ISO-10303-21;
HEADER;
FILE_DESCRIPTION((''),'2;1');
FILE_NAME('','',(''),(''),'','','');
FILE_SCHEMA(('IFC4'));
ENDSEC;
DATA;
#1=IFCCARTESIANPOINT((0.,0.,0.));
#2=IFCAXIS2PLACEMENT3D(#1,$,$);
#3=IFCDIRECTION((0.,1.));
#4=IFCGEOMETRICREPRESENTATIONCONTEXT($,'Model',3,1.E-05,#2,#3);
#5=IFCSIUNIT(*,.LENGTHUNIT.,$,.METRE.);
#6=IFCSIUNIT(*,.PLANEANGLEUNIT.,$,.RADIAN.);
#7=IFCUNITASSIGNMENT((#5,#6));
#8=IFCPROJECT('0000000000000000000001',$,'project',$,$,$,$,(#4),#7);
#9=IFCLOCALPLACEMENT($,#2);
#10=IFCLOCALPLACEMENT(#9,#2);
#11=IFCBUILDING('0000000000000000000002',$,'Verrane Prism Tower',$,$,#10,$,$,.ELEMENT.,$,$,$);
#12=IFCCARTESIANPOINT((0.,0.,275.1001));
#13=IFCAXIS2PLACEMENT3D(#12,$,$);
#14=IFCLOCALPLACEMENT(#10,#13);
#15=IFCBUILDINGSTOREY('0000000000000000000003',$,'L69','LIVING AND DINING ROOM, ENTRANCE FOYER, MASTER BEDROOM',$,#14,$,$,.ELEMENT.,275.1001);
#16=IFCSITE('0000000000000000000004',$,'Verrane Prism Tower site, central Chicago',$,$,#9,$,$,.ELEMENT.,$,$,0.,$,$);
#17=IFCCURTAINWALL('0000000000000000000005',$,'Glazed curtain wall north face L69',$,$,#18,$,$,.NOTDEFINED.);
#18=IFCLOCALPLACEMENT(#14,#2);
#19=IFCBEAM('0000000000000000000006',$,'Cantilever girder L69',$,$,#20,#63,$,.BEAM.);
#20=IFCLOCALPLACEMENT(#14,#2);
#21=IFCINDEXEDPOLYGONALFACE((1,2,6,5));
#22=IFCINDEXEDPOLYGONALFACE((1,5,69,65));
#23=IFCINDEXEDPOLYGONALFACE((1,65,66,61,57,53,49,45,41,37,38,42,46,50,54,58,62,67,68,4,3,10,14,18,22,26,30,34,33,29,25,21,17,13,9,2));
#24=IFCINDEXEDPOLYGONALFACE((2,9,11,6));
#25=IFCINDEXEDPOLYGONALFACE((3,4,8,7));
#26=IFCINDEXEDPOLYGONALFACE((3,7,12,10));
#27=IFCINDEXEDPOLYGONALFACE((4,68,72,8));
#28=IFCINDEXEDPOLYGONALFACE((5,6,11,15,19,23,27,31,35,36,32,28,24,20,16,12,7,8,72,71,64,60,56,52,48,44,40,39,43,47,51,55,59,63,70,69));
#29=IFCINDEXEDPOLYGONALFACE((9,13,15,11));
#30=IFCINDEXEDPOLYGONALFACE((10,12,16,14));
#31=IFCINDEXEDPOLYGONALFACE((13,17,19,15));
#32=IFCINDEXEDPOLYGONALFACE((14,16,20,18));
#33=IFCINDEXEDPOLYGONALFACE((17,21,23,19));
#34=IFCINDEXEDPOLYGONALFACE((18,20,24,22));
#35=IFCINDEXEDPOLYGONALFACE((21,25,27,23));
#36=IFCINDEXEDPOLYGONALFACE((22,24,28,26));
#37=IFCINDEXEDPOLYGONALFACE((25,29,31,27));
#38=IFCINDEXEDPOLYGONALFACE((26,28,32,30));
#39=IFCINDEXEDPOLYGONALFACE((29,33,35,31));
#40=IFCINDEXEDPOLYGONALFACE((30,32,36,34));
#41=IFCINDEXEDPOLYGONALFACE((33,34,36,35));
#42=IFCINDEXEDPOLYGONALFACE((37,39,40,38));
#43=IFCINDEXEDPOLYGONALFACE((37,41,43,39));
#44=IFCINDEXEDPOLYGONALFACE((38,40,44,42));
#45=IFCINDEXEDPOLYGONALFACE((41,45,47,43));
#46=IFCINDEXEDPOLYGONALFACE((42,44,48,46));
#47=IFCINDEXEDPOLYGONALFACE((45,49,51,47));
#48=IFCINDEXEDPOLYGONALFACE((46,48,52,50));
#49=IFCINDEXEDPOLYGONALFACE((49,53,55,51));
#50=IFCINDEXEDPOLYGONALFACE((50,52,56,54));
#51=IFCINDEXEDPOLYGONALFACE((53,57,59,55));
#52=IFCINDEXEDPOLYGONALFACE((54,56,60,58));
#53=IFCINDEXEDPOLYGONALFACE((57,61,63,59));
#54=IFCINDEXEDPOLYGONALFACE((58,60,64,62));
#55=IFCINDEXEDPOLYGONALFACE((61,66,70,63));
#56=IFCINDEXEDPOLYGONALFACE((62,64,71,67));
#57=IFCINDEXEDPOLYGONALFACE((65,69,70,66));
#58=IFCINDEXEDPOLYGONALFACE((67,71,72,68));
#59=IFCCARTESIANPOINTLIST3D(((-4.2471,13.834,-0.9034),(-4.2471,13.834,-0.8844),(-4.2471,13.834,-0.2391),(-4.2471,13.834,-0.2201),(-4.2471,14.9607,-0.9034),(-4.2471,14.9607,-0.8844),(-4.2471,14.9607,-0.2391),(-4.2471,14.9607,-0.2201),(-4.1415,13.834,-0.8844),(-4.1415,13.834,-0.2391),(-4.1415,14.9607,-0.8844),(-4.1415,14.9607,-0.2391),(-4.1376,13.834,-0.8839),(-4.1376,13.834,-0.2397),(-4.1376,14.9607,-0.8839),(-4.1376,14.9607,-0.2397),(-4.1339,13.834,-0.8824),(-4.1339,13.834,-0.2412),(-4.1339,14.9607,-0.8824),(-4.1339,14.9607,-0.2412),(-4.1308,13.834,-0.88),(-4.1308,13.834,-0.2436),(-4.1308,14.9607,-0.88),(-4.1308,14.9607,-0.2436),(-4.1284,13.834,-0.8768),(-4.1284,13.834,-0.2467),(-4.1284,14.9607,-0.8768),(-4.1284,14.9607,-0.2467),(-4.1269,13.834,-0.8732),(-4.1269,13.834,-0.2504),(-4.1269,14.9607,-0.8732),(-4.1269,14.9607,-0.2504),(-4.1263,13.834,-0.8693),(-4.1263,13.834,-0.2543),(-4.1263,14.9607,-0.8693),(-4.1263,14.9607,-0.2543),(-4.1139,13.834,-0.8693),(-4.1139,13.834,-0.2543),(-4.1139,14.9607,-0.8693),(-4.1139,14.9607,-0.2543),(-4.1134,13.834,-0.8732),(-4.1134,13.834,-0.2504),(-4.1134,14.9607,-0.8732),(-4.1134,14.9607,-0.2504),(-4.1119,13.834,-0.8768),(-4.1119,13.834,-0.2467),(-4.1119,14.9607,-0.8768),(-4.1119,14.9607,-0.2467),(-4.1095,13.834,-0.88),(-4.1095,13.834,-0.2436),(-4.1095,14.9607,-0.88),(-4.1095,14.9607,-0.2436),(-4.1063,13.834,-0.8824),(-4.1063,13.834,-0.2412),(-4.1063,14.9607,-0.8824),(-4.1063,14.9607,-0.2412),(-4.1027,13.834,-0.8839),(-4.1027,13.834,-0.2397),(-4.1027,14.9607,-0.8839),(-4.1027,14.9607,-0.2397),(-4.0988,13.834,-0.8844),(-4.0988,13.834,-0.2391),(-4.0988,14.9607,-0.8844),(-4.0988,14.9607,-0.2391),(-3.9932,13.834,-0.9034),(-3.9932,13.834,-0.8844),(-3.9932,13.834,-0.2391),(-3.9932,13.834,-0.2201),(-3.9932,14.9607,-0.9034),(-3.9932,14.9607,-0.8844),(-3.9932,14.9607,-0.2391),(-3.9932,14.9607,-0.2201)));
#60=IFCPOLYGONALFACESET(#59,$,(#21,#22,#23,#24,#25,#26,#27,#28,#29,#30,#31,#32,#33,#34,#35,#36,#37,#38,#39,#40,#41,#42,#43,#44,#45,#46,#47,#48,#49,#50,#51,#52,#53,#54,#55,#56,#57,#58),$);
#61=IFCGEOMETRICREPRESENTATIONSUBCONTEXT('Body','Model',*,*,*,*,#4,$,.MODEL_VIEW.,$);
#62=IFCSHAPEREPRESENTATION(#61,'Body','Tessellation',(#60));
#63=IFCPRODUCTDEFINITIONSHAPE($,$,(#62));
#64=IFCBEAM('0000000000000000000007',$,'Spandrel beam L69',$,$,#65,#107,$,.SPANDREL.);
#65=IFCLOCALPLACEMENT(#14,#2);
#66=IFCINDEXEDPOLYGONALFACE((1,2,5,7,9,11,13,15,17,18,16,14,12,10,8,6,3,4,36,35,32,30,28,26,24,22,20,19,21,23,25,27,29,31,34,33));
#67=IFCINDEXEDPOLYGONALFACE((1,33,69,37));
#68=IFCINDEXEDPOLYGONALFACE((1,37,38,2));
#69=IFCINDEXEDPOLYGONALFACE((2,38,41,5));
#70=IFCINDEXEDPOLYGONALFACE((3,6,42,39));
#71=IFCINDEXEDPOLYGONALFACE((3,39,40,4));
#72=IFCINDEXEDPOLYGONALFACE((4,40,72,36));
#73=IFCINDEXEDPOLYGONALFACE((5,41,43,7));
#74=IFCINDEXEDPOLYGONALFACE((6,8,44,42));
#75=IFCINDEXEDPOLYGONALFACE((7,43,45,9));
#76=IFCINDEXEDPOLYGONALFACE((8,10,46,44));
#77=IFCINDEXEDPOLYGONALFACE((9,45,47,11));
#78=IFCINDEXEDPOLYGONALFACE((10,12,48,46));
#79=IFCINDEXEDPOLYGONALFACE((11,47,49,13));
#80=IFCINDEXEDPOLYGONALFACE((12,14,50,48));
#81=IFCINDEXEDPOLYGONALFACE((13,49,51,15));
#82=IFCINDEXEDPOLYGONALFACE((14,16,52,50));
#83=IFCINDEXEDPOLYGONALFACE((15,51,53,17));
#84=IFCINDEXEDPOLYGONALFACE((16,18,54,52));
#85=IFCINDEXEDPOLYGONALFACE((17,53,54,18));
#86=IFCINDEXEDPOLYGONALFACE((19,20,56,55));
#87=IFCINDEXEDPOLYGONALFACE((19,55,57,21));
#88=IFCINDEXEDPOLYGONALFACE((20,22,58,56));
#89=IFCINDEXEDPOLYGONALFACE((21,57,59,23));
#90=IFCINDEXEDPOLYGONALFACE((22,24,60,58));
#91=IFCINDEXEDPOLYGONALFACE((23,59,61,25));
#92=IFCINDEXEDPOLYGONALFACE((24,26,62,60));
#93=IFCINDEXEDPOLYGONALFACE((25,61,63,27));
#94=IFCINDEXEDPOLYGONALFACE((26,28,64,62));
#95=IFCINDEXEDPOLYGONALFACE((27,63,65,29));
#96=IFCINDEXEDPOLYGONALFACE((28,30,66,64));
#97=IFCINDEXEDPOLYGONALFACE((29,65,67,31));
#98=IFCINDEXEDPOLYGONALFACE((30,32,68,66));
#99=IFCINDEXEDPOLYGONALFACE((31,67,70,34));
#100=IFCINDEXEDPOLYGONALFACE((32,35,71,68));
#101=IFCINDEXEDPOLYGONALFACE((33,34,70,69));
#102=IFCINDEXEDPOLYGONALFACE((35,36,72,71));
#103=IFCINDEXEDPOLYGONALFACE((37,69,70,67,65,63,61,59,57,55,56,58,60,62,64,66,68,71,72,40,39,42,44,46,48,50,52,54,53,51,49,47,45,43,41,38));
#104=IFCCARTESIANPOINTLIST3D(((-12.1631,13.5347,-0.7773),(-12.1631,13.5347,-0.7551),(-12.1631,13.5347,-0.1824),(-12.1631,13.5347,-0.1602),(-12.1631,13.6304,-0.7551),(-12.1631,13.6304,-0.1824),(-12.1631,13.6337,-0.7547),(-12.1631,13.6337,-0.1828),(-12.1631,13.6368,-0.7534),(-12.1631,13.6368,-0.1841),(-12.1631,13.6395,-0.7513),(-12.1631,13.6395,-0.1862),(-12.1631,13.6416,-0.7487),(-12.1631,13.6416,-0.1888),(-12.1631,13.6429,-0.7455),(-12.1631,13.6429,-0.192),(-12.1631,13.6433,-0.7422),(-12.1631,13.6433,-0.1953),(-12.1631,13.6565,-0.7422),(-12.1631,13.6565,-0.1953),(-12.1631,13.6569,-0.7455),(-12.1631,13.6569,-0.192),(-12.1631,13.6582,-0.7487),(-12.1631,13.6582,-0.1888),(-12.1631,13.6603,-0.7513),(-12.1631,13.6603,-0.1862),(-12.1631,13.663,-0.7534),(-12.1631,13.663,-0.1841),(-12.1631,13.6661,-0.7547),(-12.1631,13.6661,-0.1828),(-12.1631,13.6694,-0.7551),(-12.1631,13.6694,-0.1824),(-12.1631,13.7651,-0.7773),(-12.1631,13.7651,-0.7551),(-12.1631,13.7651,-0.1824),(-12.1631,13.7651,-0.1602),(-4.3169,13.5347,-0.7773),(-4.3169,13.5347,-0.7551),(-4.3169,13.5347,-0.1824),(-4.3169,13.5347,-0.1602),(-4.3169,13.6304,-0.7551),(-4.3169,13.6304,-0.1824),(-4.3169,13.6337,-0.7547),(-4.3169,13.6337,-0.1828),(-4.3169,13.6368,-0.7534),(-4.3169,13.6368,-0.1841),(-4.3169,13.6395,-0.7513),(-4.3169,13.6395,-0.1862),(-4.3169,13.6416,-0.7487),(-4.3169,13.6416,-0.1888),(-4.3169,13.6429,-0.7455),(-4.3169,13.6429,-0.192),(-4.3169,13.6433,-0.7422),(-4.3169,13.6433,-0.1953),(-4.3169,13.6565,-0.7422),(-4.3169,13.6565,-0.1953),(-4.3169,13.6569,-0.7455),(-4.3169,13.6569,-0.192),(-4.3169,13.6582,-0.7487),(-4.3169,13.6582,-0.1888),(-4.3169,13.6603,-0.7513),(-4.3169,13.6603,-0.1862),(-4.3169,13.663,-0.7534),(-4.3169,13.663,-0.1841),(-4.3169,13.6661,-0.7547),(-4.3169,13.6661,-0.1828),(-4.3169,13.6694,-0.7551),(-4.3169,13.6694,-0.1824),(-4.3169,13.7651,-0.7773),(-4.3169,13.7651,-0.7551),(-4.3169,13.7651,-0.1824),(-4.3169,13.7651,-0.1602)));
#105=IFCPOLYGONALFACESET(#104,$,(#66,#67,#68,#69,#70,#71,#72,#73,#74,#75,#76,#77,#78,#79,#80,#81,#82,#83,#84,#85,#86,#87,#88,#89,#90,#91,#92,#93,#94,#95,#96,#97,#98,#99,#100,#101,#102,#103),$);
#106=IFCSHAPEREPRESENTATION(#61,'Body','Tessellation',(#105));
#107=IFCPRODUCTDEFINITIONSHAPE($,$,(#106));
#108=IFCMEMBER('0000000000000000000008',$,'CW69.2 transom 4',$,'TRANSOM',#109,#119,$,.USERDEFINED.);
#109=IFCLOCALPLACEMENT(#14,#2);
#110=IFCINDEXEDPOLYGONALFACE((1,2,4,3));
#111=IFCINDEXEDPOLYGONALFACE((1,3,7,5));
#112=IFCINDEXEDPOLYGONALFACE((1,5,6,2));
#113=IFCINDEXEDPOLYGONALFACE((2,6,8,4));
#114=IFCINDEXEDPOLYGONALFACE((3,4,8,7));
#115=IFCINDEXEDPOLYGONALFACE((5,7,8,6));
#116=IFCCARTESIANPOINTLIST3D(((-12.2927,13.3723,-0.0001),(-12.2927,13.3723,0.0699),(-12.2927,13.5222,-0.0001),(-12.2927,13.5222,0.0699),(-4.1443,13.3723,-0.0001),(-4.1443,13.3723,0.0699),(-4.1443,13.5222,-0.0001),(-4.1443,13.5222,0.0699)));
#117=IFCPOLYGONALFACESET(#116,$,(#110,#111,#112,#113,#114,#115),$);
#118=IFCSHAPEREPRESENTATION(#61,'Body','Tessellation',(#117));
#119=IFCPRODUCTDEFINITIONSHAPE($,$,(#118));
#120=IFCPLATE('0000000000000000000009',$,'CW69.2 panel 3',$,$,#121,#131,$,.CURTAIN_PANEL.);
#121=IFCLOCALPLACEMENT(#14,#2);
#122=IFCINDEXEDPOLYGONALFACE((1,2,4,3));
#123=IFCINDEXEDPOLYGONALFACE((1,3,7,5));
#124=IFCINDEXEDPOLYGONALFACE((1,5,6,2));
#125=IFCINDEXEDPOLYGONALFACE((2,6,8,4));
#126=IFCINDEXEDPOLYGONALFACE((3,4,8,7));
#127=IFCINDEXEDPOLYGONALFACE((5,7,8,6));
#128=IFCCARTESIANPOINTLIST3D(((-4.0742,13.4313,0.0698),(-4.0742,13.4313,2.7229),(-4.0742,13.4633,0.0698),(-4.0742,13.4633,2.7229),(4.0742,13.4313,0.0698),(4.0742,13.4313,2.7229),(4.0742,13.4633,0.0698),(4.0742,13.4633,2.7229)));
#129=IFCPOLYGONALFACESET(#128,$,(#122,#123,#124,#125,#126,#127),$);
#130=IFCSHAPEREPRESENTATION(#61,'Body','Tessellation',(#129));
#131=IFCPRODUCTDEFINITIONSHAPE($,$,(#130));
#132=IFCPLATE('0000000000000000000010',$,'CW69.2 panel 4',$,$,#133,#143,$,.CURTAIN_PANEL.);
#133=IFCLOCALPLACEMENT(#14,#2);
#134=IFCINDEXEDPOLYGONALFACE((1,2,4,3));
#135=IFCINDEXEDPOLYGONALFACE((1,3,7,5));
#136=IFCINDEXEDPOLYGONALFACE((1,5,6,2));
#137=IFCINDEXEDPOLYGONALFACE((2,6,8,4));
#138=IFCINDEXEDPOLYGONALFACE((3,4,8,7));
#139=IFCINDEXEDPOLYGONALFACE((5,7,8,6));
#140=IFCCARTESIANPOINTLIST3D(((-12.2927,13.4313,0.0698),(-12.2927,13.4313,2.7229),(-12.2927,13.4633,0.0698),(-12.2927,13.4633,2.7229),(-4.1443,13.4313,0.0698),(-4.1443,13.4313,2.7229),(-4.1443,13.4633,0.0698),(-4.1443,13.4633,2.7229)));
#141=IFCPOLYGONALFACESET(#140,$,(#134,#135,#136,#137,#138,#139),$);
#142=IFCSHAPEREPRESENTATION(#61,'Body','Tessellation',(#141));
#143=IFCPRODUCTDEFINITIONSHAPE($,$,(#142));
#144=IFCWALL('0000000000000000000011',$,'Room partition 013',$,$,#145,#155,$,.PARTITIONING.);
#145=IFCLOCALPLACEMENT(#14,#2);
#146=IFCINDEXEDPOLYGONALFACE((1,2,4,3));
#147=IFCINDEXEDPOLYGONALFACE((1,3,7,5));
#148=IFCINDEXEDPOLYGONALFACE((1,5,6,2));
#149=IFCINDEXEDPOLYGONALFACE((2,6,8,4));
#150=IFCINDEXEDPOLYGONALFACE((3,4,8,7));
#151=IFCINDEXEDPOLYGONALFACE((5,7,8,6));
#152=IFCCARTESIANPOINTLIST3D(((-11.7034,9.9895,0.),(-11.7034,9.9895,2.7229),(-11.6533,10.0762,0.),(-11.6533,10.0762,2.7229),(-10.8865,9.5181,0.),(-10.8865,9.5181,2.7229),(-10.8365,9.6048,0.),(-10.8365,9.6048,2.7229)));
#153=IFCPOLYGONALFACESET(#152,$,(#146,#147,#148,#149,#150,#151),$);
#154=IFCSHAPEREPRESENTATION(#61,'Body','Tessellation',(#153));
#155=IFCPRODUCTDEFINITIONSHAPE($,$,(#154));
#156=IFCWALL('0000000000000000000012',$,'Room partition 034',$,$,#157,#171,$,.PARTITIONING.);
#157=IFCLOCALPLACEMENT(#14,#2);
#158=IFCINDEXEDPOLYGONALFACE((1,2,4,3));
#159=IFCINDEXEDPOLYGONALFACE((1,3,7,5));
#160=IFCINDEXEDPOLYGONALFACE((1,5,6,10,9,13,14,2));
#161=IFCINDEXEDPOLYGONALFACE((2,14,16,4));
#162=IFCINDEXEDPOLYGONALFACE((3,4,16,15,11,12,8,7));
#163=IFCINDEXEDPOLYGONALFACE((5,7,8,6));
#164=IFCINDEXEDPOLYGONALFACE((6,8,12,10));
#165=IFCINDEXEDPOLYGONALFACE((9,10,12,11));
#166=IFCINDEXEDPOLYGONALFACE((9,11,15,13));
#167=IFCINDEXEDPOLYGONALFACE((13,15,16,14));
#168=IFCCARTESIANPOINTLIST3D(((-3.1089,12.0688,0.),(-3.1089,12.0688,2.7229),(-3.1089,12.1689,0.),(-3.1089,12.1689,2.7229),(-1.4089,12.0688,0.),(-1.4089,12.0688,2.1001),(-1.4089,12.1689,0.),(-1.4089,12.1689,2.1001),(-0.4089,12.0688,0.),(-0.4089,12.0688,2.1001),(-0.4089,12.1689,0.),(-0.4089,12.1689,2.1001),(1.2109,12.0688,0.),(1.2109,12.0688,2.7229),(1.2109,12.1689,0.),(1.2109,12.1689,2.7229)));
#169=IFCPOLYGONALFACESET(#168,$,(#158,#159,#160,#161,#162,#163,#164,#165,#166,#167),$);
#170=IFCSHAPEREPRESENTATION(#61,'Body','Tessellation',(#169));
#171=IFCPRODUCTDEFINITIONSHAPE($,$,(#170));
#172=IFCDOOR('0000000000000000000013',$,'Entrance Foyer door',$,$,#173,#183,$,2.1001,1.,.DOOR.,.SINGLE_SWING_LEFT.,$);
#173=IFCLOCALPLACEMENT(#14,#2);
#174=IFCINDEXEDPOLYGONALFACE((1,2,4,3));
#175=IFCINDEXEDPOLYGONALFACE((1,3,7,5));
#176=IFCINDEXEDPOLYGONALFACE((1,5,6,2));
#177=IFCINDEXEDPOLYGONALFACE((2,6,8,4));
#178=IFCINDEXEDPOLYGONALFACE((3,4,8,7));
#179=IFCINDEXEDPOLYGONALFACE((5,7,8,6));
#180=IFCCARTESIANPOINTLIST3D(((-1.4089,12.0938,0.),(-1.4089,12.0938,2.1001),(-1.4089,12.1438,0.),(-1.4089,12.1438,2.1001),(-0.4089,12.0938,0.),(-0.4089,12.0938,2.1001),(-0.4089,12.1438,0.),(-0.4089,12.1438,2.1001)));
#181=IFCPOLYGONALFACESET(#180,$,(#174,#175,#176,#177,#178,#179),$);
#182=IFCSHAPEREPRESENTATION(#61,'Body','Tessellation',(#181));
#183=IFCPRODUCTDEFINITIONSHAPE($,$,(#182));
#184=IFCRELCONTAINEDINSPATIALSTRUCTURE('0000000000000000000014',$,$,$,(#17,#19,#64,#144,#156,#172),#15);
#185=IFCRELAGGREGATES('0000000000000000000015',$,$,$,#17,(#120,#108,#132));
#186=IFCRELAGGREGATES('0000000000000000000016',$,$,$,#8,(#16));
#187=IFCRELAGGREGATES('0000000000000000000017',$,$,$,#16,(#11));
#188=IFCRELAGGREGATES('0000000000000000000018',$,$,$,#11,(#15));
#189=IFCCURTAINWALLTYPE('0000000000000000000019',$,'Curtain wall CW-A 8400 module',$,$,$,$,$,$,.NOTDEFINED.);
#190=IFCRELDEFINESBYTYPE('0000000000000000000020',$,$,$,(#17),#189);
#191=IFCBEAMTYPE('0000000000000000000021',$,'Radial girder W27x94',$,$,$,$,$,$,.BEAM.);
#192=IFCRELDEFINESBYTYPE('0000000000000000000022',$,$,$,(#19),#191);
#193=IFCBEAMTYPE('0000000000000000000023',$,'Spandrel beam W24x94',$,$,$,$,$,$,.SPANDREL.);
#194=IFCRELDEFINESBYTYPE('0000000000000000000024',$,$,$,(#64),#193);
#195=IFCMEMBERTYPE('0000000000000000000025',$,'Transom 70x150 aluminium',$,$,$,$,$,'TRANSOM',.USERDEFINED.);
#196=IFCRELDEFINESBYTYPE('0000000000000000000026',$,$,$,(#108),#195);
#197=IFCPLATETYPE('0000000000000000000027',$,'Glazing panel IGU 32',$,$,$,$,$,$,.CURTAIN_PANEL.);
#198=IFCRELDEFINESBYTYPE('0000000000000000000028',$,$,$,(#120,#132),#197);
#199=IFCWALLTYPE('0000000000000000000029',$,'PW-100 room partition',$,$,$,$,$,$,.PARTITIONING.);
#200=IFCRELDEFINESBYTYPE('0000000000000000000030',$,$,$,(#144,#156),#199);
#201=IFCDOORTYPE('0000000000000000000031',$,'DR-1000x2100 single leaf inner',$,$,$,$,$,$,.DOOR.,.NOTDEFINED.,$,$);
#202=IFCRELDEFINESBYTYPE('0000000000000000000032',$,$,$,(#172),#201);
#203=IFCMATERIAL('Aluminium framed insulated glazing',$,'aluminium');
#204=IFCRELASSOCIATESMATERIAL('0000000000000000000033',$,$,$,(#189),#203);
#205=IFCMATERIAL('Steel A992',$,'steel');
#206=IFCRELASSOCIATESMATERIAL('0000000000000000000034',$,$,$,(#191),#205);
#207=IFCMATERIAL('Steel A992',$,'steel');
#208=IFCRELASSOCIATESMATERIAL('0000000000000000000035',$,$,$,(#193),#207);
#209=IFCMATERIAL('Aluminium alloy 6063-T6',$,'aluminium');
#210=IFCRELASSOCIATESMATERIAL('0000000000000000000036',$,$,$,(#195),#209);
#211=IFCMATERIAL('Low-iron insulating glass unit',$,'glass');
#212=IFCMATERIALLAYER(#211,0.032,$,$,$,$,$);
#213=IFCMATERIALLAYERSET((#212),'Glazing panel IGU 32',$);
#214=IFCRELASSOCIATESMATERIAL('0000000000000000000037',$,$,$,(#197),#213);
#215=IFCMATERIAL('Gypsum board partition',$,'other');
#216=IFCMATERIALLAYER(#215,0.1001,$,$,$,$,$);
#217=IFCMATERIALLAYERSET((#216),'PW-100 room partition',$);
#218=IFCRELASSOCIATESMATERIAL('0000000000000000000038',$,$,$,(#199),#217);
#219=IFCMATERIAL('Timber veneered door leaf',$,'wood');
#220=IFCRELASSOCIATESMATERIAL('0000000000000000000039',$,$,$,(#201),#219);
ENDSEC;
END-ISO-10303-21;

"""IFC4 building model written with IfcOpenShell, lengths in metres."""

from ifc_helpers import new_model, si_unit, direction, frame, frame_2d, origin, origin_2d, place, context, subcontext, project, spatial, rectangle, i_section, extrude, material, layer, layer_set, material_profile, profile_set, type_object, element, fill, aggregate, save


model = new_model("IFC4")

# Units and contexts
model_context = context("Model", 3, precision=1e-05, world=origin(), true_north=direction((0.0, 1.0)))
body_context = subcontext(model_context, "Body", "Model", "MODEL_VIEW")
ifc_project = project(units=[si_unit("LENGTHUNIT", "METRE"), si_unit("PLANEANGLEUNIT", "RADIAN")], contexts=[model_context])

# Site, building, storey
site_placement = place(None, origin())
site = spatial("IfcSite", under=ifc_project, at=site_placement, Name="Verrane Prism Tower site, central Chicago", CompositionType="ELEMENT", RefElevation=0.0)
building_placement = place(site_placement, origin())
building = spatial("IfcBuilding", under=site, at=building_placement, Name="Verrane Prism Tower", CompositionType="ELEMENT")
storey_placement = place(building_placement, frame((0.0, 0.0, 275.1001)))
storey = spatial("IfcBuildingStorey", under=building, at=storey_placement, Name="L69", Description="LIVING AND DINING ROOM, ENTRANCE FOYER, MASTER BEDROOM", CompositionType="ELEMENT", Elevation=275.1001)

# Curtain wall
ifc_material_1 = material(Name="Aluminium framed insulated glazing", Category="aluminium")
curtain_wall_type = type_object("IfcCurtainWallType", Name="Curtain wall CW-A 8400 module", PredefinedType="NOTDEFINED", material=ifc_material_1)
curtain_wall_placement = place(storey_placement, origin())
curtain_wall = element("IfcCurtainWall", 1, at=curtain_wall_placement, inside=storey, type_object=curtain_wall_type, Name="Glazed curtain wall north face L69", PredefinedType="NOTDEFINED")

# Beams
ifc_material_2 = material(Name="Steel A992", Category="steel")
ifc_material_profile_1 = material_profile(ifc_material_2, i_section(OverallWidth=0.2539, OverallDepth=0.6833, WebThickness=0.0125, FlangeThickness=0.019, FilletRadius=0.0151, at=origin_2d()), Name="W27x94")
ifc_profile_set_1 = profile_set([ifc_material_profile_1], Name="Steel A992")
beam_type_1 = type_object("IfcBeamType", Name="Radial girder W27x94", PredefinedType="BEAM", material=ifc_profile_set_1)
beam_1_placement = place(storey_placement, frame((-4.1201, 13.834, -0.5618), z_axis=(0.0, 1.0, 0.0), x_axis=(-1.0, 0.0, 0.0)))
element("IfcBeam", 2, at=beam_1_placement, inside=storey, type_object=beam_type_1, Name="Cantilever girder L69", PredefinedType="BEAM", context=body_context, shape_type="SweptSolid", body=[
    extrude(i_section(OverallWidth=0.2539, OverallDepth=0.6833, WebThickness=0.0125, FlangeThickness=0.019, FilletRadius=0.0151, at=origin_2d()), origin(), (0.0, 0.0, 1.0), 1.1267),
])
ifc_material_3 = material(Name="Steel A992", Category="steel")
ifc_material_profile_2 = material_profile(ifc_material_3, i_section(OverallWidth=0.2305, OverallDepth=0.6172, WebThickness=0.0132, FlangeThickness=0.0222, FilletRadius=0.0129, at=origin_2d()), Name="W24x94")
ifc_profile_set_2 = profile_set([ifc_material_profile_2], Name="Steel A992")
beam_type_2 = type_object("IfcBeamType", Name="Spandrel beam W24x94", PredefinedType="SPANDREL", material=ifc_profile_set_2)
beam_2_placement = place(storey_placement, frame((-4.3169, 13.6499, -0.4688), z_axis=(-1.0, 0.0, 0.0), x_axis=(0.0, -1.0, 0.0)))
element("IfcBeam", 3, at=beam_2_placement, inside=storey, type_object=beam_type_2, Name="Spandrel beam L69", PredefinedType="SPANDREL", context=body_context, shape_type="SweptSolid", body=[
    extrude(i_section(OverallWidth=0.2305, OverallDepth=0.6172, WebThickness=0.0132, FlangeThickness=0.0222, FilletRadius=0.0129, at=origin_2d()), origin(), (0.0, 0.0, 1.0), 7.8462),
])

# Member
ifc_material_4 = material(Name="Aluminium alloy 6063-T6", Category="aluminium")
ifc_material_profile_3 = material_profile(ifc_material_4, rectangle(XDim=0.1499, YDim=0.0701, at=origin_2d()), Name="Transom 70x150 aluminium")
ifc_profile_set_3 = profile_set([ifc_material_profile_3], Name="Aluminium alloy 6063-T6")
member_type_1 = type_object("IfcMemberType", Name="Transom 70x150 aluminium", ElementType="TRANSOM", PredefinedType="USERDEFINED", material=ifc_profile_set_3)
member_1_placement = place(storey_placement, frame((-4.1443, 13.4473, 0.0349), z_axis=(-1.0, 0.0, 0.0), x_axis=(0.0, -1.0, 0.0)))
member_1 = element("IfcMember", 4, at=member_1_placement, type_object=member_type_1, Name="CW69.2 transom 4", ObjectType="TRANSOM", PredefinedType="USERDEFINED", context=body_context, shape_type="SweptSolid", body=[
    extrude(rectangle(XDim=0.1499, YDim=0.0701, at=origin_2d()), origin(), (0.0, 0.0, 1.0), 8.1484),
])

# Plates
ifc_material_5 = material(Name="Low-iron insulating glass unit", Category="glass")
ifc_layer_1 = layer(ifc_material_5, 0.032)
ifc_layer_set_1 = layer_set([ifc_layer_1], Name="Glazing panel IGU 32")
plate_type = type_object("IfcPlateType", Name="Glazing panel IGU 32", PredefinedType="CURTAIN_PANEL", material=ifc_layer_set_1)
plate_1_placement = place(storey_placement, frame((0.0, 13.4473, 0.0698), z_axis=(0.0, 0.0, 1.0), x_axis=(-1.0, 0.0, 0.0)))
plate_1 = element("IfcPlate", 5, at=plate_1_placement, type_object=plate_type, Name="CW69.2 panel 3", PredefinedType="CURTAIN_PANEL", context=body_context, shape_type="SweptSolid", body=[
    extrude(rectangle(XDim=8.1484, YDim=0.032, at=origin_2d()), origin(), (0.0, 0.0, 1.0), 2.6531),
])
plate_2_placement = place(storey_placement, frame((-8.2185, 13.4473, 0.0698), z_axis=(0.0, 0.0, 1.0), x_axis=(-1.0, 0.0, 0.0)))
plate_2 = element("IfcPlate", 6, at=plate_2_placement, type_object=plate_type, Name="CW69.2 panel 4", PredefinedType="CURTAIN_PANEL", context=body_context, shape_type="SweptSolid", body=[
    extrude(rectangle(XDim=8.1484, YDim=0.032, at=origin_2d()), origin(), (0.0, 0.0, 1.0), 2.6531),
])
aggregate(curtain_wall, [plate_1, member_1, plate_2])

# Wall
ifc_material_6 = material(Name="Gypsum board partition", Category="other")
ifc_layer_2 = layer(ifc_material_6, 0.1001)
ifc_layer_set_2 = layer_set([ifc_layer_2], Name="PW-100 room partition")
wall_type_1 = type_object("IfcWallType", Name="PW-100 room partition", PredefinedType="PARTITIONING", material=ifc_layer_set_2)
wall_1_placement = place(storey_placement, frame((-11.6785, 10.033, 0.0), z_axis=(0.0, 0.0, 1.0), x_axis=(0.866117, -0.499842, 0.0)))
element("IfcWall", 7, at=wall_1_placement, inside=storey, type_object=wall_type_1, Name="Room partition 013", PredefinedType="PARTITIONING", context=body_context, shape_type="SweptSolid", body=[
    extrude(rectangle(XDim=0.9431, YDim=0.1001, at=frame_2d((0.4717, 0.0))), origin(), (0.0, 0.0, 1.0), 2.7229),
])

# Wall, opening, door
wall_2_placement = place(storey_placement, frame((-3.1089, 12.1189, 0.0), z_axis=(0.0, 0.0, 1.0), x_axis=(1.0, 0.0, 0.0)))
wall_2 = element("IfcWall", 8, at=wall_2_placement, inside=storey, type_object=wall_type_1, Name="Room partition 034", PredefinedType="PARTITIONING", context=body_context, shape_type="SweptSolid", body=[
    extrude(rectangle(XDim=4.3198, YDim=0.1001, at=frame_2d((2.1599, 0.0))), origin(), (0.0, 0.0, 1.0), 2.7229),
])
opening_1_placement = place(wall_2_placement, frame((1.7, 0.0, 0.0)))
opening_1 = element("IfcOpeningElement", 9, at=opening_1_placement, cuts=wall_2, PredefinedType="OPENING", context=body_context, shape_type="SweptSolid", body=[
    extrude(rectangle(XDim=1.0, YDim=2.1001, at=frame_2d((0.5, 1.05))), frame((0.0, 0.0601, 0.0), z_axis=(0.0, -1.0, 0.0), x_axis=(1.0, 0.0, 0.0)), (0.0, 0.0, 1.0), 0.1201),
])
ifc_material_7 = material(Name="Timber veneered door leaf", Category="wood")
door_type_1 = type_object("IfcDoorType", Name="DR-1000x2100 single leaf inner", OperationType="NOTDEFINED", PredefinedType="DOOR", material=ifc_material_7)
door_1_placement = place(opening_1_placement, origin())
door_1 = element("IfcDoor", 10, at=door_1_placement, inside=storey, type_object=door_type_1, Name="Entrance Foyer door", OperationType="SINGLE_SWING_LEFT", OverallHeight=2.1001, OverallWidth=1.0, PredefinedType="DOOR", context=body_context, shape_type="SweptSolid", body=[
    extrude(rectangle(XDim=1.0, YDim=2.1001, at=frame_2d((0.5, 1.05))), frame((0.0, 0.0249, 0.0), z_axis=(0.0, -1.0, 0.0), x_axis=(1.0, 0.0, 0.0)), (0.0, 0.0, 1.0), 0.05),
])
fill(opening_1, door_1)

save(model, "model.ifc")
